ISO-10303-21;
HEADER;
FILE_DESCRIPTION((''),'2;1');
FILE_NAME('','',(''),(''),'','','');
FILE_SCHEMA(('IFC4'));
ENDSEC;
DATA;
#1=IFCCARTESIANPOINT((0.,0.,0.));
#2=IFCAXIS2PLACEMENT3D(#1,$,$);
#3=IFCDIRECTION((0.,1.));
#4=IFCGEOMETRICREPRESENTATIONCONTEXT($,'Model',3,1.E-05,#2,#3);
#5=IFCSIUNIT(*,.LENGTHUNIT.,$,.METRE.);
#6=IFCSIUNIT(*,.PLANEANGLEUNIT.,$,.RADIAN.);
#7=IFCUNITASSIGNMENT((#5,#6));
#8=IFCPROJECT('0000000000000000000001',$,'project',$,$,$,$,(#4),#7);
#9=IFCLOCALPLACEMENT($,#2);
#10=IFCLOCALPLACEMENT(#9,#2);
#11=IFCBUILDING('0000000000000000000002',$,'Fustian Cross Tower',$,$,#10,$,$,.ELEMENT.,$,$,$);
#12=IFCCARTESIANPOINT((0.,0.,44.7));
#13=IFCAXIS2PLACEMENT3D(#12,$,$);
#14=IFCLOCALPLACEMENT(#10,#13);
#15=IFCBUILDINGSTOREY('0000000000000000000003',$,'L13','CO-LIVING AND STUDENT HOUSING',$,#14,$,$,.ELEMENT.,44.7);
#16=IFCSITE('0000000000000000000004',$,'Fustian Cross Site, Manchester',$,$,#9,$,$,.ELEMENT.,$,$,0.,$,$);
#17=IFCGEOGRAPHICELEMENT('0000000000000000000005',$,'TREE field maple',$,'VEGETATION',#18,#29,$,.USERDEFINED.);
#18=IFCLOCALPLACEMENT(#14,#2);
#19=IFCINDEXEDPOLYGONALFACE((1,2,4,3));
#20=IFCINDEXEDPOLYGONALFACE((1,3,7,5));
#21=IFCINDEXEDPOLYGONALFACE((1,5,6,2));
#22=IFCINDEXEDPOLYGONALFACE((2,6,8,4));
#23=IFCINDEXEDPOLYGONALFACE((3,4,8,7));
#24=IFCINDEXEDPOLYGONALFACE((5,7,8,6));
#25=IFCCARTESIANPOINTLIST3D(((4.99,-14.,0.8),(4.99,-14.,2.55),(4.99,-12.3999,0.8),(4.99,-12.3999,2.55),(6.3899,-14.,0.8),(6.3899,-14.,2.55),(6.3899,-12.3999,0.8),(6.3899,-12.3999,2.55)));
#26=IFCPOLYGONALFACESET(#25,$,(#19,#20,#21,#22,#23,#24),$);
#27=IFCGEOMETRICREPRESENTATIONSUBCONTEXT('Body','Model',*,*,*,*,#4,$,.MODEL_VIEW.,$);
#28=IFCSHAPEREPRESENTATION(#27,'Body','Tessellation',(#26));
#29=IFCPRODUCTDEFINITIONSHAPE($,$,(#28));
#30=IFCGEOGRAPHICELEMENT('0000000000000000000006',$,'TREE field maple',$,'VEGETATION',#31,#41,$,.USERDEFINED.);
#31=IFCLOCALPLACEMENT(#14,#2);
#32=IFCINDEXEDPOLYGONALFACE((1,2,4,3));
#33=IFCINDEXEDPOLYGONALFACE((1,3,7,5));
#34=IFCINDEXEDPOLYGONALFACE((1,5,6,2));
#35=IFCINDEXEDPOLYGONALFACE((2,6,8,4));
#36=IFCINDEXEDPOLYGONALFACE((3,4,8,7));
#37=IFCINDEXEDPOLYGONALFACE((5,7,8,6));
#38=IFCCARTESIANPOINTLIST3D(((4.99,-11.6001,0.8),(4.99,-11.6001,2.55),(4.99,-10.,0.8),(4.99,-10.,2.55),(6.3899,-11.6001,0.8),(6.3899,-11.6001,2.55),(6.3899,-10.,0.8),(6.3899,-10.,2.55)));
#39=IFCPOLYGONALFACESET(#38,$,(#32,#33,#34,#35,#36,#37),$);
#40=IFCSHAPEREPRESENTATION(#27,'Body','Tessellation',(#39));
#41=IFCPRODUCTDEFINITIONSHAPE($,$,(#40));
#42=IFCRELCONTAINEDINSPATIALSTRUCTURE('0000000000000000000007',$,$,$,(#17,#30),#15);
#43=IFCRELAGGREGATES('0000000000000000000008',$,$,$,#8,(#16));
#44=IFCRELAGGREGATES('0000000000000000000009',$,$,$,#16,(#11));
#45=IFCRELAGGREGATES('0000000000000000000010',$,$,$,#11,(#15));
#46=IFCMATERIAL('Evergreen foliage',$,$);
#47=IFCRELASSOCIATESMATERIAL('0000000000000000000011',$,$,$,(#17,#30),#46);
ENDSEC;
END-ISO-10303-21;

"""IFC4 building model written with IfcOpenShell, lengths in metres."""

from ifc_helpers import new_model, si_unit, direction, frame, origin, origin_2d, place, context, subcontext, project, spatial, rectangle, extrude, material, element, save


model = new_model("IFC4")

# Units and contexts
model_context = context("Model", 3, precision=1e-05, world=origin(), true_north=direction((0.0, 1.0)))
body_context = subcontext(model_context, "Body", "Model", "MODEL_VIEW")
ifc_project = project(units=[si_unit("LENGTHUNIT", "METRE"), si_unit("PLANEANGLEUNIT", "RADIAN")], contexts=[model_context])

# Site, building, storey
site_placement = place(None, origin())
site = spatial("IfcSite", under=ifc_project, at=site_placement, Name="Fustian Cross Site, Manchester", CompositionType="ELEMENT", RefElevation=0.0)
building_placement = place(site_placement, origin())
building = spatial("IfcBuilding", under=site, at=building_placement, Name="Fustian Cross Tower", CompositionType="ELEMENT")
storey_placement = place(building_placement, frame((0.0, 0.0, 44.7)))
storey = spatial("IfcBuildingStorey", under=building, at=storey_placement, Name="L13", Description="CO-LIVING AND STUDENT HOUSING", CompositionType="ELEMENT", Elevation=44.7)

# Geographic elements
ifc_material_1 = material(Name="Evergreen foliage")
for number, where, z_axis, x_axis, name in (
    (1, (5.6899, -13.2, 0.8), (0.0, 0.0, 1.0), (1.0, 0.0, 0.0), "TREE field maple"),
    (2, (5.6899, -10.8, 0.8), (0.0, 0.0, 1.0), (1.0, 0.0, 0.0), "TREE field maple"),
):
    element("IfcGeographicElement", number, at=place(storey_placement, frame(where, z_axis=z_axis, x_axis=x_axis)), inside=storey, material=ifc_material_1, Name=name, ObjectType="VEGETATION", PredefinedType="USERDEFINED", context=body_context, shape_type="SweptSolid", body=[
        extrude(rectangle(XDim=1.3999, YDim=1.6001, at=origin_2d()), origin(), (0.0, 0.0, 1.0), 1.75),
    ])

save(model, "model.ifc")
